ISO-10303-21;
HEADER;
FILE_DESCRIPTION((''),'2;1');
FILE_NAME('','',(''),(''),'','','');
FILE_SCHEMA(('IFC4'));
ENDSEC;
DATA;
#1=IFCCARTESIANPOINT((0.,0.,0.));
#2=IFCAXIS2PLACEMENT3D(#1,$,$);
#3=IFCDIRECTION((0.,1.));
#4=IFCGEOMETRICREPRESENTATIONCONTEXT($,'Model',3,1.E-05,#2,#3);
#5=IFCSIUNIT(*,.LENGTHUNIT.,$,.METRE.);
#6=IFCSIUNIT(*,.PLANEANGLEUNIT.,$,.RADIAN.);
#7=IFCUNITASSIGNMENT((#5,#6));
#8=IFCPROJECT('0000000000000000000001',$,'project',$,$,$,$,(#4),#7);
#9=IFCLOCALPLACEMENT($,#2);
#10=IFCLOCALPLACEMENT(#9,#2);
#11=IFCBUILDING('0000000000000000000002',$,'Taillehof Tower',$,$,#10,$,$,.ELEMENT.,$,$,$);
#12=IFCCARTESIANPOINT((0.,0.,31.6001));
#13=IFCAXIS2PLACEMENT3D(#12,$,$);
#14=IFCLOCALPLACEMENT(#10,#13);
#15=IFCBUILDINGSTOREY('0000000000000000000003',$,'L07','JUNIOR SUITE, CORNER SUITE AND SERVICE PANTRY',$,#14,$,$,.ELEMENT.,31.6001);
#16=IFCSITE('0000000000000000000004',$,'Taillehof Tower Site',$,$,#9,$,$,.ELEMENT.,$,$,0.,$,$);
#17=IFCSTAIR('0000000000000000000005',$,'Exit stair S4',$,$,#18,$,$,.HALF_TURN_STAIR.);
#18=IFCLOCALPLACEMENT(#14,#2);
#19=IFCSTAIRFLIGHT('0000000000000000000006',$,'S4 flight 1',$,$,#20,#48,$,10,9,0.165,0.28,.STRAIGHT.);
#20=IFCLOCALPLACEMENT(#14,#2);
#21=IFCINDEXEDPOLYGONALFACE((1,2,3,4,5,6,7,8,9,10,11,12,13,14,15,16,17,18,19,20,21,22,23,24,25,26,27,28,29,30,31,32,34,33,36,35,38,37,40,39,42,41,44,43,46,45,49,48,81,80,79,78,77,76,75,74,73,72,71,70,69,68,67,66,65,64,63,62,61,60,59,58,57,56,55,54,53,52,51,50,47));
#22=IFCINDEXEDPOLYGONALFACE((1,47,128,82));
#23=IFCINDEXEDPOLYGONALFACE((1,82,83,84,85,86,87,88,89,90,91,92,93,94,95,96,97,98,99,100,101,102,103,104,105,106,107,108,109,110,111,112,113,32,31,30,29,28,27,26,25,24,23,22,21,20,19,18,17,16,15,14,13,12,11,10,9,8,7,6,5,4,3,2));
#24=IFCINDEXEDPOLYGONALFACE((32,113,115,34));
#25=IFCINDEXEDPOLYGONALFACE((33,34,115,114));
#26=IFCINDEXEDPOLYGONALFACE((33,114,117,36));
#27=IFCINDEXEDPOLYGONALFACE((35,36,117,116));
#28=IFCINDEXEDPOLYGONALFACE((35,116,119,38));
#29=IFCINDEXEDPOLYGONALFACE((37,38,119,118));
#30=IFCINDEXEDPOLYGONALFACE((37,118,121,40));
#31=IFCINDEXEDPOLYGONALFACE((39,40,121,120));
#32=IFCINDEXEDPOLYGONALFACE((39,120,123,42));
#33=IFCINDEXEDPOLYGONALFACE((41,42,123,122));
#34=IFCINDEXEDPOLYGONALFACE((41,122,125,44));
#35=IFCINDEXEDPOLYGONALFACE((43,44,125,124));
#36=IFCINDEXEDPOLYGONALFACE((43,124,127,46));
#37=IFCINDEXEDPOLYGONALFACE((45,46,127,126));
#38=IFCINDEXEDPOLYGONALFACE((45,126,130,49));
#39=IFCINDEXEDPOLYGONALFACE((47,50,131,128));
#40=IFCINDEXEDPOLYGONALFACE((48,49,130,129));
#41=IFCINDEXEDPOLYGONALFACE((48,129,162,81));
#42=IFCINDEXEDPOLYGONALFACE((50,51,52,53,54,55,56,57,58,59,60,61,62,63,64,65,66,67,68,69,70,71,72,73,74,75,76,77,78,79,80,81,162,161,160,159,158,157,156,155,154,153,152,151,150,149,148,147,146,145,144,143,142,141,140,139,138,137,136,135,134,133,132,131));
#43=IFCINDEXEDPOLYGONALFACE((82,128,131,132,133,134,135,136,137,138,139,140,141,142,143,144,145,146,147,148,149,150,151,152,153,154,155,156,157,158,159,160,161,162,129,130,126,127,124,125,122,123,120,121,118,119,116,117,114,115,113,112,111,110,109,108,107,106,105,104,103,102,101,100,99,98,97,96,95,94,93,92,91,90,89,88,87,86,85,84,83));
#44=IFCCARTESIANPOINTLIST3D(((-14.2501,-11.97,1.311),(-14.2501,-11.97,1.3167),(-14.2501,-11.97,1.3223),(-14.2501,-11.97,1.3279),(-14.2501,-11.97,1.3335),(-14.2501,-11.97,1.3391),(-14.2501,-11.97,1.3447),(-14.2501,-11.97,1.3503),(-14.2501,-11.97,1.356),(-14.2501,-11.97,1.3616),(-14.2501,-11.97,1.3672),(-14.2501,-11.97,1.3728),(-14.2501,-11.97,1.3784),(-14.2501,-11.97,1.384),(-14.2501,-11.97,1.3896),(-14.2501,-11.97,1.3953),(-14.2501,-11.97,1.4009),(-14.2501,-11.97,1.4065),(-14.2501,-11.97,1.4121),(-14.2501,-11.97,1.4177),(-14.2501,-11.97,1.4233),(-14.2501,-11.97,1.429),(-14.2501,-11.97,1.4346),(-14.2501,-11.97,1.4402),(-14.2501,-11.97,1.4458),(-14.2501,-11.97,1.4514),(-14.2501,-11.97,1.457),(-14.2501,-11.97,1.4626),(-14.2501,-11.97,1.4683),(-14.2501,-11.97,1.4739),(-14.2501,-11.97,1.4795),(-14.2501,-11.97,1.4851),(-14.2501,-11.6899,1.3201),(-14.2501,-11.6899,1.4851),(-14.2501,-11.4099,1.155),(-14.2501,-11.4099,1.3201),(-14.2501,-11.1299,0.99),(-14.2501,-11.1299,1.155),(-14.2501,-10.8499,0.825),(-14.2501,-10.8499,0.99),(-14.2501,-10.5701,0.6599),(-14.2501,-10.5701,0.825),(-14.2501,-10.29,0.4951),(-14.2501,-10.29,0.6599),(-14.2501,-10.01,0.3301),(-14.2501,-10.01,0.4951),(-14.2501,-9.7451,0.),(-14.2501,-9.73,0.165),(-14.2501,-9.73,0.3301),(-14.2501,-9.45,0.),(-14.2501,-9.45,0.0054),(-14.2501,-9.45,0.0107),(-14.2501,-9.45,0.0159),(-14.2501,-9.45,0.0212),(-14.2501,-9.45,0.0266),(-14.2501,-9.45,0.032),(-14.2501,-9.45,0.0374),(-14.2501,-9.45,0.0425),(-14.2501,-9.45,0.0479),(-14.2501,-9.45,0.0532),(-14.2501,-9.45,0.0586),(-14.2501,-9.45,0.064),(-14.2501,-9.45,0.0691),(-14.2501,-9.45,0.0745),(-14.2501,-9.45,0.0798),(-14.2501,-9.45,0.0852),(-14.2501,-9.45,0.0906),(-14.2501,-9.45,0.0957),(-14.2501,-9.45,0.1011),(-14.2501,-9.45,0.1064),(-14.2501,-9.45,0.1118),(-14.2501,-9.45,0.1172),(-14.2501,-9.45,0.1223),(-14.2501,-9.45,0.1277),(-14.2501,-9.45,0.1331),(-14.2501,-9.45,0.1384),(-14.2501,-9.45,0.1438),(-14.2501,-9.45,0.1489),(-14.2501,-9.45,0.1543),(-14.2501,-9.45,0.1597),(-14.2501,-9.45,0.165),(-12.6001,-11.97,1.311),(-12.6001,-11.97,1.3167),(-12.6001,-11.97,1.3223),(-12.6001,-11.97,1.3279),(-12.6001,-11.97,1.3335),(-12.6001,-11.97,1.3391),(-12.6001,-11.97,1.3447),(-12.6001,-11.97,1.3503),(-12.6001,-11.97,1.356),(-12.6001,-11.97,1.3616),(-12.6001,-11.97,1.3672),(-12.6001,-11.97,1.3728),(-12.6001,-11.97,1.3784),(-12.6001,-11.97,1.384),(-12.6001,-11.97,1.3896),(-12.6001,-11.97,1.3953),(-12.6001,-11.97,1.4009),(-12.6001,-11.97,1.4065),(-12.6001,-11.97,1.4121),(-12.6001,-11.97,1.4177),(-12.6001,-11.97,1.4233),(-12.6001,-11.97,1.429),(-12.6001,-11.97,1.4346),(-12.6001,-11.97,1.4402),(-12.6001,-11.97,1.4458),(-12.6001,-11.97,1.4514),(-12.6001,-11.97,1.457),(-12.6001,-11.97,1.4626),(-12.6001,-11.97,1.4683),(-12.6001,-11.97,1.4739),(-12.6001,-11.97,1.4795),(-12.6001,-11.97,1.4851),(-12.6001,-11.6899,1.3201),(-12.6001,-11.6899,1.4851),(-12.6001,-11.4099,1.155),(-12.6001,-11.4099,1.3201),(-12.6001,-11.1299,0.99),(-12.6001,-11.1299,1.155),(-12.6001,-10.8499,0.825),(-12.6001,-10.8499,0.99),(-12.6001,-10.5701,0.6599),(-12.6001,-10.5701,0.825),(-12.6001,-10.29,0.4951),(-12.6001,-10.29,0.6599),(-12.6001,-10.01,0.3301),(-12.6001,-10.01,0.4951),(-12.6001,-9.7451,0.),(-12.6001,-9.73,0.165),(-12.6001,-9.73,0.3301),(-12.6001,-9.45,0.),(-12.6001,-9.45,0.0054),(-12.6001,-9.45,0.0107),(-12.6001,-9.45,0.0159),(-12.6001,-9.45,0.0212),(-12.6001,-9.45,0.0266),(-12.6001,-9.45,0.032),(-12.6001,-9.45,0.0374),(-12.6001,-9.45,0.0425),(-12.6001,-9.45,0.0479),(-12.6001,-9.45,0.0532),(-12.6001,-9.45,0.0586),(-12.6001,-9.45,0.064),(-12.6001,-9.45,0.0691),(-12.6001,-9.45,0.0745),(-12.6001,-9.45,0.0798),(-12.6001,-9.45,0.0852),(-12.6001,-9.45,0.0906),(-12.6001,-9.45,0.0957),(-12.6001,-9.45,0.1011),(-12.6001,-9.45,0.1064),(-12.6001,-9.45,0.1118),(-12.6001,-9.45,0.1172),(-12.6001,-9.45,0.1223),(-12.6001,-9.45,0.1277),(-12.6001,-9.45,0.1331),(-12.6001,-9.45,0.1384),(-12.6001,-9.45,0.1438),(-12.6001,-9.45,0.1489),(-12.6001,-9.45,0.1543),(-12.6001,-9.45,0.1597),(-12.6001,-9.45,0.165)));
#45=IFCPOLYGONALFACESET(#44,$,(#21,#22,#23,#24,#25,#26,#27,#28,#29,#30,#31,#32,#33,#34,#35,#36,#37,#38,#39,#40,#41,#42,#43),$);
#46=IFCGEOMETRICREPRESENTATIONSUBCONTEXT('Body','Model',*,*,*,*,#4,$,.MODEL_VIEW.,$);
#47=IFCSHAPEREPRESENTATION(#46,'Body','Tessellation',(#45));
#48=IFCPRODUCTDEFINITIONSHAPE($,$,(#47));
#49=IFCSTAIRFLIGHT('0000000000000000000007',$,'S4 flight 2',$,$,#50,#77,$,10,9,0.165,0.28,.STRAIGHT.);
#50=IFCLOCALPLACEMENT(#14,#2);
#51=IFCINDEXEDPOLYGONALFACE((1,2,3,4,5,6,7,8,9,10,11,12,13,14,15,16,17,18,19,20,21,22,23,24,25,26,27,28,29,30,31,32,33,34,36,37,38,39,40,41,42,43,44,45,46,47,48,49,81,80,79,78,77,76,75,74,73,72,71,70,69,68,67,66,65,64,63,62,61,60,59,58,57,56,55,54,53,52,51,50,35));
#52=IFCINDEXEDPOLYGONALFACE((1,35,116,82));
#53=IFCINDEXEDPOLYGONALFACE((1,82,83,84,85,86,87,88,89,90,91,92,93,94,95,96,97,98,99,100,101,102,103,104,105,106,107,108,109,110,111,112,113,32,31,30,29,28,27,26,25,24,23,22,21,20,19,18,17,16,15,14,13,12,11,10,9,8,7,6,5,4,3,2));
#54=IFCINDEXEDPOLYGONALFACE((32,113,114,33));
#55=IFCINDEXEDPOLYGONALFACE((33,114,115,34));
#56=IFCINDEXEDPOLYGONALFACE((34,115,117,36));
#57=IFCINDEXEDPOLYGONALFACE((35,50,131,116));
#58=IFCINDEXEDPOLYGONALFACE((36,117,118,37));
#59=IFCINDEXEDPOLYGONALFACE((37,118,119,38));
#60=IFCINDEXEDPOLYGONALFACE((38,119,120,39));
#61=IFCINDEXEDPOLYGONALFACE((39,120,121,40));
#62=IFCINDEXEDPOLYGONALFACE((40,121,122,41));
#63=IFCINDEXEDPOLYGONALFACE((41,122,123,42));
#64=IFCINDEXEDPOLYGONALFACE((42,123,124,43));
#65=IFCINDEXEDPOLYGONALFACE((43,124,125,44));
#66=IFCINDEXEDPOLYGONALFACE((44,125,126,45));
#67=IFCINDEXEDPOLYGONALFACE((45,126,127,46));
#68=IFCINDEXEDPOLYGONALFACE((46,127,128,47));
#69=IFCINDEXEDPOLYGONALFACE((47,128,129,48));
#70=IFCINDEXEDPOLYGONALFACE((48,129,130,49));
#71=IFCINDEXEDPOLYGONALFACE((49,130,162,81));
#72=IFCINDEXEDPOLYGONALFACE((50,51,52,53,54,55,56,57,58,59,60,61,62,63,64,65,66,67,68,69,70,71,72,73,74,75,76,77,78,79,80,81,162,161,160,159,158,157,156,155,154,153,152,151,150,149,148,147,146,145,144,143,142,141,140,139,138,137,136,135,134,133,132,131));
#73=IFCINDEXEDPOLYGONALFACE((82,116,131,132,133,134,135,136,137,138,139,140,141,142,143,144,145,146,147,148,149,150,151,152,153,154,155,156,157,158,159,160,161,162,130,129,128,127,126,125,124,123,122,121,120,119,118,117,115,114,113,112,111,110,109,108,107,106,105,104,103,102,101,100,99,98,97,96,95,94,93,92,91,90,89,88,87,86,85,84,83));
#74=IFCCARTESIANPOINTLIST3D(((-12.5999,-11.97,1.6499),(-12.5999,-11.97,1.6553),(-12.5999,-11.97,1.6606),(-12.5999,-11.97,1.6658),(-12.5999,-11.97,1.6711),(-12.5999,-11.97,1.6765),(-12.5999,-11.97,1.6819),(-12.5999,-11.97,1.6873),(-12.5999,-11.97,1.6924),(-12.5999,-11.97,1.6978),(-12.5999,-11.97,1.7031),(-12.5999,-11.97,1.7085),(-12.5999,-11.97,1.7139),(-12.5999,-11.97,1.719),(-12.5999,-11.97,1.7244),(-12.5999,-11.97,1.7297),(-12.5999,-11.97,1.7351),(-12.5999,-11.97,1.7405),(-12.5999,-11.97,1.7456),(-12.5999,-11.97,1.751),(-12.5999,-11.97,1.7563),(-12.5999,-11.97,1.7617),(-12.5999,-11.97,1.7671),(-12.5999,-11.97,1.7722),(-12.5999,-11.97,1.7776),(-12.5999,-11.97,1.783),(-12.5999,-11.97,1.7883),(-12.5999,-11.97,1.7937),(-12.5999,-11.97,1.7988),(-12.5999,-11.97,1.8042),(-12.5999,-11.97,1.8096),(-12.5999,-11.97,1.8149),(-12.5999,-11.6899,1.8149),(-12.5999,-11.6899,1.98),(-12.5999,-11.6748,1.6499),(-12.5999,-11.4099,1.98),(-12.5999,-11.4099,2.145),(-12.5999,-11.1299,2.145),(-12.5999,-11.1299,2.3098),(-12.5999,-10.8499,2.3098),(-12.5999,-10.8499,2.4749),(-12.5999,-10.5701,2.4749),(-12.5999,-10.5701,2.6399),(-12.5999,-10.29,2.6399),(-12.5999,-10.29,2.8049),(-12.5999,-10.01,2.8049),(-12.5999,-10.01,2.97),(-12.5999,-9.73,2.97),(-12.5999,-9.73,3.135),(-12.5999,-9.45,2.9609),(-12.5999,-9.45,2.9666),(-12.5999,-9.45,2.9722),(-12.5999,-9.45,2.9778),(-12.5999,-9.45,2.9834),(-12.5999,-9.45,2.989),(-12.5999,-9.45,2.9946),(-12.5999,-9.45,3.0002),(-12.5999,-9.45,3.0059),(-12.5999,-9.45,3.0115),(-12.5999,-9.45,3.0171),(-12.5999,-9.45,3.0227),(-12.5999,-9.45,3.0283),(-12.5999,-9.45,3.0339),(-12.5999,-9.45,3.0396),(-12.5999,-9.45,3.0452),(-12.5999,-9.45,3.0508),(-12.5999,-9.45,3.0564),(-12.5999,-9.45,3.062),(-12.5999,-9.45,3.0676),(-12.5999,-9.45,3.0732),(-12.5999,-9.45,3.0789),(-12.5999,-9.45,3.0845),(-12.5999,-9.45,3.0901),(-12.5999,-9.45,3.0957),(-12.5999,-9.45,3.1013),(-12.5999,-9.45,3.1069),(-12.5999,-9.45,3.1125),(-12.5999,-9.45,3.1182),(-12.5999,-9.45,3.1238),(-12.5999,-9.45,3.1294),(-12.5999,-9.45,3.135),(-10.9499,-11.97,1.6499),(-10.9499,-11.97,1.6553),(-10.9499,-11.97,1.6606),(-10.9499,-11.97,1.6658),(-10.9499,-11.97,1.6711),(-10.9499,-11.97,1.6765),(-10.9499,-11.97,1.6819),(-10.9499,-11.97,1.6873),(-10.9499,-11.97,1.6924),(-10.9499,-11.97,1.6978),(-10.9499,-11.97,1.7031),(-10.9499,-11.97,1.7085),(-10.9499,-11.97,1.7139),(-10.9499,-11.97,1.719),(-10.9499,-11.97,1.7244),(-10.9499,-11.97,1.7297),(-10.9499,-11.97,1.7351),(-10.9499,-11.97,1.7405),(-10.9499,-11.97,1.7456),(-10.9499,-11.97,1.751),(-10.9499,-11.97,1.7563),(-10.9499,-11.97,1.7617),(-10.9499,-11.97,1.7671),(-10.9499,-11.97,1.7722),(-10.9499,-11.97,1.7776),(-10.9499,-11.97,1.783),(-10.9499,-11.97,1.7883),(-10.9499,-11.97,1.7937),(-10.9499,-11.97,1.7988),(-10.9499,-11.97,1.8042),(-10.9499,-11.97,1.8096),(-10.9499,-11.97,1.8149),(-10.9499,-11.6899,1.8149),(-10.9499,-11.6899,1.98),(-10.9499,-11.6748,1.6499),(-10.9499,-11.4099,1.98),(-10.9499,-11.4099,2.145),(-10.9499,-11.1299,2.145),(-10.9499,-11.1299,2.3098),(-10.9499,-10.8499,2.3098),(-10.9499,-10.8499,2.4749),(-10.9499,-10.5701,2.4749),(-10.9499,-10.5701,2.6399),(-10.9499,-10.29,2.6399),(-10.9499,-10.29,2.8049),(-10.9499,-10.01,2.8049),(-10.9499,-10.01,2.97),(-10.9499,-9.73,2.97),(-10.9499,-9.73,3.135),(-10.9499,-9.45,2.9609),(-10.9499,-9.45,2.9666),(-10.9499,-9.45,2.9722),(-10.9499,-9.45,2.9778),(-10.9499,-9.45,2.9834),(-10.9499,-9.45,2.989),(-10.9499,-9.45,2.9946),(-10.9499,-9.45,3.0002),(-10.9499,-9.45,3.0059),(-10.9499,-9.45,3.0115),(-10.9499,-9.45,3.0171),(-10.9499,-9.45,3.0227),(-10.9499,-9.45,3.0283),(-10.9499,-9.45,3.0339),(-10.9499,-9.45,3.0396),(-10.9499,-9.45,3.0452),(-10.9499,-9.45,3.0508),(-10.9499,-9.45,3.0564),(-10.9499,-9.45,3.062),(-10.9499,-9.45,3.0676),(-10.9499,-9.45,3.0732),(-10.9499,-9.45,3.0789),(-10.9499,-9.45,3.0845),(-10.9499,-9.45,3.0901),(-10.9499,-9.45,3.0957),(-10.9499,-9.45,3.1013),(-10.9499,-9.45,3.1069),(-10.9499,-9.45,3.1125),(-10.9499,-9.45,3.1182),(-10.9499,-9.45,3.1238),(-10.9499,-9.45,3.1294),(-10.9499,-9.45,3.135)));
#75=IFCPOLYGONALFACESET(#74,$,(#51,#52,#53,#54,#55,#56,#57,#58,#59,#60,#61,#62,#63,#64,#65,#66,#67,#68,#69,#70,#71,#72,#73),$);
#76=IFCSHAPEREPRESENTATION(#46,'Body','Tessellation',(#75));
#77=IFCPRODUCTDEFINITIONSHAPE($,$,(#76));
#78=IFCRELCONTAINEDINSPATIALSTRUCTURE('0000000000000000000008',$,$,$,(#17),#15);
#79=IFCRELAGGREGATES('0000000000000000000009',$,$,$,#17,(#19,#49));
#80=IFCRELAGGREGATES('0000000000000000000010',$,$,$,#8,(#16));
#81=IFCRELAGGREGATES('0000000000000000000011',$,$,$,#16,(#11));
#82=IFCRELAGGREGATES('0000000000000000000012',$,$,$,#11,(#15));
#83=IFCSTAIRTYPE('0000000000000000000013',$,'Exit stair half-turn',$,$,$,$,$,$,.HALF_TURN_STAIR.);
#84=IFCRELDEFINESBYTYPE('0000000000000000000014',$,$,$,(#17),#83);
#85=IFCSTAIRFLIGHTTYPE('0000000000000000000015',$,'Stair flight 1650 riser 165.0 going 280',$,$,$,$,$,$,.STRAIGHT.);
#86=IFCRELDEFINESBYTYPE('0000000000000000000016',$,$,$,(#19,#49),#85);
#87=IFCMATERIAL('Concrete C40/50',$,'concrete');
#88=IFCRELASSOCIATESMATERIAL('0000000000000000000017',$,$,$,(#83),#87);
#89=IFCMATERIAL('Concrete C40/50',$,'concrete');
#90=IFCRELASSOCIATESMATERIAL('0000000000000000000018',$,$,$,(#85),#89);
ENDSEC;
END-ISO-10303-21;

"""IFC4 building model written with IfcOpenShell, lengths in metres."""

from ifc_helpers import new_model, si_unit, direction, frame, origin, place, context, subcontext, project, spatial, polyline, outline, extrude, material, type_object, element, aggregate, save


model = new_model("IFC4")

# Units and contexts
model_context = context("Model", 3, precision=1e-05, world=origin(), true_north=direction((0.0, 1.0)))
body_context = subcontext(model_context, "Body", "Model", "MODEL_VIEW")
ifc_project = project(units=[si_unit("LENGTHUNIT", "METRE"), si_unit("PLANEANGLEUNIT", "RADIAN")], contexts=[model_context])

# Site, building, storey
site_placement = place(None, origin())
site = spatial("IfcSite", under=ifc_project, at=site_placement, Name="Taillehof Tower Site", CompositionType="ELEMENT", RefElevation=0.0)
building_placement = place(site_placement, origin())
building = spatial("IfcBuilding", under=site, at=building_placement, Name="Taillehof Tower", CompositionType="ELEMENT")
storey_placement = place(building_placement, frame((0.0, 0.0, 31.6001)))
storey = spatial("IfcBuildingStorey", under=building, at=storey_placement, Name="L07", Description="JUNIOR SUITE, CORNER SUITE AND SERVICE PANTRY", CompositionType="ELEMENT", Elevation=31.6001)

# Stair, stair flights
ifc_material_1 = material(Name="Concrete C40/50", Category="concrete")
stair_type = type_object("IfcStairType", Name="Exit stair half-turn", PredefinedType="HALF_TURN_STAIR", material=ifc_material_1)
stair_placement = place(storey_placement, origin())
stair = element("IfcStair", 1, at=stair_placement, inside=storey, type_object=stair_type, Name="Exit stair S4", PredefinedType="HALF_TURN_STAIR")
ifc_material_2 = material(Name="Concrete C40/50", Category="concrete")
stair_flight_type = type_object("IfcStairFlightType", Name="Stair flight 1650 riser 165.0 going 280", PredefinedType="STRAIGHT", material=ifc_material_2)
stair_flight_1_placement = place(storey_placement, frame((-13.425, -9.45, 0.0), z_axis=(0.0, 0.0, 1.0), x_axis=(0.0, -1.0, 0.0)))
stair_flight_1 = element("IfcStairFlight", 2, at=stair_flight_1_placement, type_object=stair_flight_type, Name="S4 flight 1", NumberOfRisers=10, NumberOfTreads=9, PredefinedType="STRAIGHT", RiserHeight=0.165, TreadLength=0.28, context=body_context, shape_type="SweptSolid", body=[
    extrude(outline(polyline([(0.0, 0.0), (0.0, 0.0054), (0.0, 0.0107), (0.0, 0.0159), (0.0, 0.0212), (0.0, 0.0266), (0.0, 0.032), (0.0, 0.0374), (0.0, 0.0425), (0.0, 0.0479), (0.0, 0.0532), (0.0, 0.0586), (0.0, 0.064), (0.0, 0.0691), (0.0, 0.0745), (0.0, 0.0798), (0.0, 0.0852), (0.0, 0.0906), (0.0, 0.0957), (0.0, 0.1011), (0.0, 0.1064), (0.0, 0.1118), (0.0, 0.1172), (0.0, 0.1223), (0.0, 0.1277), (0.0, 0.1331), (0.0, 0.1384), (0.0, 0.1438), (0.0, 0.1489), (0.0, 0.1543), (0.0, 0.1597), (0.0, 0.165), (0.28, 0.165), (0.28, 0.3301), (0.5601, 0.3301), (0.5601, 0.4951), (0.8401, 0.4951), (0.8401, 0.6599), (1.1201, 0.6599), (1.1201, 0.825), (1.3999, 0.825), (1.3999, 0.99), (1.6799, 0.99), (1.6799, 1.155), (1.96, 1.155), (1.96, 1.3201), (2.24, 1.3201), (2.24, 1.4851), (2.52, 1.4851), (2.52, 1.4795), (2.52, 1.4739), (2.52, 1.4683), (2.52, 1.4626), (2.52, 1.457), (2.52, 1.4514), (2.52, 1.4458), (2.52, 1.4402), (2.52, 1.4346), (2.52, 1.429), (2.52, 1.4233), (2.52, 1.4177), (2.52, 1.4121), (2.52, 1.4065), (2.52, 1.4009), (2.52, 1.3953), (2.52, 1.3896), (2.52, 1.384), (2.52, 1.3784), (2.52, 1.3728), (2.52, 1.3672), (2.52, 1.3616), (2.52, 1.356), (2.52, 1.3503), (2.52, 1.3447), (2.52, 1.3391), (2.52, 1.3335), (2.52, 1.3279), (2.52, 1.3223), (2.52, 1.3167), (2.52, 1.311), (0.2952, 0.0), (0.0, 0.0)])), frame((0.0, 0.825, 0.0), z_axis=(0.0, -1.0, 0.0), x_axis=(1.0, 0.0, 0.0)), (0.0, 0.0, 1.0), 1.65),
])
stair_flight_2_placement = place(storey_placement, frame((-11.7749, -11.97, 1.6499), z_axis=(0.0, 0.0, 1.0), x_axis=(0.0, 1.0, 0.0)))
stair_flight_2 = element("IfcStairFlight", 3, at=stair_flight_2_placement, type_object=stair_flight_type, Name="S4 flight 2", NumberOfRisers=10, NumberOfTreads=9, PredefinedType="STRAIGHT", RiserHeight=0.165, TreadLength=0.28, context=body_context, shape_type="SweptSolid", body=[
    extrude(outline(polyline([(0.0, 0.0), (0.0, 0.0054), (0.0, 0.0107), (0.0, 0.0159), (0.0, 0.0212), (0.0, 0.0266), (0.0, 0.032), (0.0, 0.0374), (0.0, 0.0425), (0.0, 0.0479), (0.0, 0.0532), (0.0, 0.0586), (0.0, 0.064), (0.0, 0.0691), (0.0, 0.0745), (0.0, 0.0798), (0.0, 0.0852), (0.0, 0.0906), (0.0, 0.0957), (0.0, 0.1011), (0.0, 0.1064), (0.0, 0.1118), (0.0, 0.1172), (0.0, 0.1223), (0.0, 0.1277), (0.0, 0.1331), (0.0, 0.1384), (0.0, 0.1438), (0.0, 0.1489), (0.0, 0.1543), (0.0, 0.1597), (0.0, 0.165), (0.28, 0.165), (0.28, 0.3301), (0.5601, 0.3301), (0.5601, 0.4951), (0.8401, 0.4951), (0.8401, 0.6599), (1.1201, 0.6599), (1.1201, 0.825), (1.3999, 0.825), (1.3999, 0.99), (1.6799, 0.99), (1.6799, 1.155), (1.96, 1.155), (1.96, 1.3201), (2.24, 1.3201), (2.24, 1.4851), (2.52, 1.4851), (2.52, 1.4795), (2.52, 1.4739), (2.52, 1.4683), (2.52, 1.4626), (2.52, 1.457), (2.52, 1.4514), (2.52, 1.4458), (2.52, 1.4402), (2.52, 1.4346), (2.52, 1.429), (2.52, 1.4233), (2.52, 1.4177), (2.52, 1.4121), (2.52, 1.4065), (2.52, 1.4009), (2.52, 1.3953), (2.52, 1.3896), (2.52, 1.384), (2.52, 1.3784), (2.52, 1.3728), (2.52, 1.3672), (2.52, 1.3616), (2.52, 1.356), (2.52, 1.3503), (2.52, 1.3447), (2.52, 1.3391), (2.52, 1.3335), (2.52, 1.3279), (2.52, 1.3223), (2.52, 1.3167), (2.52, 1.311), (0.2952, 0.0), (0.0, 0.0)])), frame((0.0, 0.825, 0.0), z_axis=(0.0, -1.0, 0.0), x_axis=(1.0, 0.0, 0.0)), (0.0, 0.0, 1.0), 1.65),
])
aggregate(stair, [stair_flight_1, stair_flight_2])

save(model, "model.ifc")
